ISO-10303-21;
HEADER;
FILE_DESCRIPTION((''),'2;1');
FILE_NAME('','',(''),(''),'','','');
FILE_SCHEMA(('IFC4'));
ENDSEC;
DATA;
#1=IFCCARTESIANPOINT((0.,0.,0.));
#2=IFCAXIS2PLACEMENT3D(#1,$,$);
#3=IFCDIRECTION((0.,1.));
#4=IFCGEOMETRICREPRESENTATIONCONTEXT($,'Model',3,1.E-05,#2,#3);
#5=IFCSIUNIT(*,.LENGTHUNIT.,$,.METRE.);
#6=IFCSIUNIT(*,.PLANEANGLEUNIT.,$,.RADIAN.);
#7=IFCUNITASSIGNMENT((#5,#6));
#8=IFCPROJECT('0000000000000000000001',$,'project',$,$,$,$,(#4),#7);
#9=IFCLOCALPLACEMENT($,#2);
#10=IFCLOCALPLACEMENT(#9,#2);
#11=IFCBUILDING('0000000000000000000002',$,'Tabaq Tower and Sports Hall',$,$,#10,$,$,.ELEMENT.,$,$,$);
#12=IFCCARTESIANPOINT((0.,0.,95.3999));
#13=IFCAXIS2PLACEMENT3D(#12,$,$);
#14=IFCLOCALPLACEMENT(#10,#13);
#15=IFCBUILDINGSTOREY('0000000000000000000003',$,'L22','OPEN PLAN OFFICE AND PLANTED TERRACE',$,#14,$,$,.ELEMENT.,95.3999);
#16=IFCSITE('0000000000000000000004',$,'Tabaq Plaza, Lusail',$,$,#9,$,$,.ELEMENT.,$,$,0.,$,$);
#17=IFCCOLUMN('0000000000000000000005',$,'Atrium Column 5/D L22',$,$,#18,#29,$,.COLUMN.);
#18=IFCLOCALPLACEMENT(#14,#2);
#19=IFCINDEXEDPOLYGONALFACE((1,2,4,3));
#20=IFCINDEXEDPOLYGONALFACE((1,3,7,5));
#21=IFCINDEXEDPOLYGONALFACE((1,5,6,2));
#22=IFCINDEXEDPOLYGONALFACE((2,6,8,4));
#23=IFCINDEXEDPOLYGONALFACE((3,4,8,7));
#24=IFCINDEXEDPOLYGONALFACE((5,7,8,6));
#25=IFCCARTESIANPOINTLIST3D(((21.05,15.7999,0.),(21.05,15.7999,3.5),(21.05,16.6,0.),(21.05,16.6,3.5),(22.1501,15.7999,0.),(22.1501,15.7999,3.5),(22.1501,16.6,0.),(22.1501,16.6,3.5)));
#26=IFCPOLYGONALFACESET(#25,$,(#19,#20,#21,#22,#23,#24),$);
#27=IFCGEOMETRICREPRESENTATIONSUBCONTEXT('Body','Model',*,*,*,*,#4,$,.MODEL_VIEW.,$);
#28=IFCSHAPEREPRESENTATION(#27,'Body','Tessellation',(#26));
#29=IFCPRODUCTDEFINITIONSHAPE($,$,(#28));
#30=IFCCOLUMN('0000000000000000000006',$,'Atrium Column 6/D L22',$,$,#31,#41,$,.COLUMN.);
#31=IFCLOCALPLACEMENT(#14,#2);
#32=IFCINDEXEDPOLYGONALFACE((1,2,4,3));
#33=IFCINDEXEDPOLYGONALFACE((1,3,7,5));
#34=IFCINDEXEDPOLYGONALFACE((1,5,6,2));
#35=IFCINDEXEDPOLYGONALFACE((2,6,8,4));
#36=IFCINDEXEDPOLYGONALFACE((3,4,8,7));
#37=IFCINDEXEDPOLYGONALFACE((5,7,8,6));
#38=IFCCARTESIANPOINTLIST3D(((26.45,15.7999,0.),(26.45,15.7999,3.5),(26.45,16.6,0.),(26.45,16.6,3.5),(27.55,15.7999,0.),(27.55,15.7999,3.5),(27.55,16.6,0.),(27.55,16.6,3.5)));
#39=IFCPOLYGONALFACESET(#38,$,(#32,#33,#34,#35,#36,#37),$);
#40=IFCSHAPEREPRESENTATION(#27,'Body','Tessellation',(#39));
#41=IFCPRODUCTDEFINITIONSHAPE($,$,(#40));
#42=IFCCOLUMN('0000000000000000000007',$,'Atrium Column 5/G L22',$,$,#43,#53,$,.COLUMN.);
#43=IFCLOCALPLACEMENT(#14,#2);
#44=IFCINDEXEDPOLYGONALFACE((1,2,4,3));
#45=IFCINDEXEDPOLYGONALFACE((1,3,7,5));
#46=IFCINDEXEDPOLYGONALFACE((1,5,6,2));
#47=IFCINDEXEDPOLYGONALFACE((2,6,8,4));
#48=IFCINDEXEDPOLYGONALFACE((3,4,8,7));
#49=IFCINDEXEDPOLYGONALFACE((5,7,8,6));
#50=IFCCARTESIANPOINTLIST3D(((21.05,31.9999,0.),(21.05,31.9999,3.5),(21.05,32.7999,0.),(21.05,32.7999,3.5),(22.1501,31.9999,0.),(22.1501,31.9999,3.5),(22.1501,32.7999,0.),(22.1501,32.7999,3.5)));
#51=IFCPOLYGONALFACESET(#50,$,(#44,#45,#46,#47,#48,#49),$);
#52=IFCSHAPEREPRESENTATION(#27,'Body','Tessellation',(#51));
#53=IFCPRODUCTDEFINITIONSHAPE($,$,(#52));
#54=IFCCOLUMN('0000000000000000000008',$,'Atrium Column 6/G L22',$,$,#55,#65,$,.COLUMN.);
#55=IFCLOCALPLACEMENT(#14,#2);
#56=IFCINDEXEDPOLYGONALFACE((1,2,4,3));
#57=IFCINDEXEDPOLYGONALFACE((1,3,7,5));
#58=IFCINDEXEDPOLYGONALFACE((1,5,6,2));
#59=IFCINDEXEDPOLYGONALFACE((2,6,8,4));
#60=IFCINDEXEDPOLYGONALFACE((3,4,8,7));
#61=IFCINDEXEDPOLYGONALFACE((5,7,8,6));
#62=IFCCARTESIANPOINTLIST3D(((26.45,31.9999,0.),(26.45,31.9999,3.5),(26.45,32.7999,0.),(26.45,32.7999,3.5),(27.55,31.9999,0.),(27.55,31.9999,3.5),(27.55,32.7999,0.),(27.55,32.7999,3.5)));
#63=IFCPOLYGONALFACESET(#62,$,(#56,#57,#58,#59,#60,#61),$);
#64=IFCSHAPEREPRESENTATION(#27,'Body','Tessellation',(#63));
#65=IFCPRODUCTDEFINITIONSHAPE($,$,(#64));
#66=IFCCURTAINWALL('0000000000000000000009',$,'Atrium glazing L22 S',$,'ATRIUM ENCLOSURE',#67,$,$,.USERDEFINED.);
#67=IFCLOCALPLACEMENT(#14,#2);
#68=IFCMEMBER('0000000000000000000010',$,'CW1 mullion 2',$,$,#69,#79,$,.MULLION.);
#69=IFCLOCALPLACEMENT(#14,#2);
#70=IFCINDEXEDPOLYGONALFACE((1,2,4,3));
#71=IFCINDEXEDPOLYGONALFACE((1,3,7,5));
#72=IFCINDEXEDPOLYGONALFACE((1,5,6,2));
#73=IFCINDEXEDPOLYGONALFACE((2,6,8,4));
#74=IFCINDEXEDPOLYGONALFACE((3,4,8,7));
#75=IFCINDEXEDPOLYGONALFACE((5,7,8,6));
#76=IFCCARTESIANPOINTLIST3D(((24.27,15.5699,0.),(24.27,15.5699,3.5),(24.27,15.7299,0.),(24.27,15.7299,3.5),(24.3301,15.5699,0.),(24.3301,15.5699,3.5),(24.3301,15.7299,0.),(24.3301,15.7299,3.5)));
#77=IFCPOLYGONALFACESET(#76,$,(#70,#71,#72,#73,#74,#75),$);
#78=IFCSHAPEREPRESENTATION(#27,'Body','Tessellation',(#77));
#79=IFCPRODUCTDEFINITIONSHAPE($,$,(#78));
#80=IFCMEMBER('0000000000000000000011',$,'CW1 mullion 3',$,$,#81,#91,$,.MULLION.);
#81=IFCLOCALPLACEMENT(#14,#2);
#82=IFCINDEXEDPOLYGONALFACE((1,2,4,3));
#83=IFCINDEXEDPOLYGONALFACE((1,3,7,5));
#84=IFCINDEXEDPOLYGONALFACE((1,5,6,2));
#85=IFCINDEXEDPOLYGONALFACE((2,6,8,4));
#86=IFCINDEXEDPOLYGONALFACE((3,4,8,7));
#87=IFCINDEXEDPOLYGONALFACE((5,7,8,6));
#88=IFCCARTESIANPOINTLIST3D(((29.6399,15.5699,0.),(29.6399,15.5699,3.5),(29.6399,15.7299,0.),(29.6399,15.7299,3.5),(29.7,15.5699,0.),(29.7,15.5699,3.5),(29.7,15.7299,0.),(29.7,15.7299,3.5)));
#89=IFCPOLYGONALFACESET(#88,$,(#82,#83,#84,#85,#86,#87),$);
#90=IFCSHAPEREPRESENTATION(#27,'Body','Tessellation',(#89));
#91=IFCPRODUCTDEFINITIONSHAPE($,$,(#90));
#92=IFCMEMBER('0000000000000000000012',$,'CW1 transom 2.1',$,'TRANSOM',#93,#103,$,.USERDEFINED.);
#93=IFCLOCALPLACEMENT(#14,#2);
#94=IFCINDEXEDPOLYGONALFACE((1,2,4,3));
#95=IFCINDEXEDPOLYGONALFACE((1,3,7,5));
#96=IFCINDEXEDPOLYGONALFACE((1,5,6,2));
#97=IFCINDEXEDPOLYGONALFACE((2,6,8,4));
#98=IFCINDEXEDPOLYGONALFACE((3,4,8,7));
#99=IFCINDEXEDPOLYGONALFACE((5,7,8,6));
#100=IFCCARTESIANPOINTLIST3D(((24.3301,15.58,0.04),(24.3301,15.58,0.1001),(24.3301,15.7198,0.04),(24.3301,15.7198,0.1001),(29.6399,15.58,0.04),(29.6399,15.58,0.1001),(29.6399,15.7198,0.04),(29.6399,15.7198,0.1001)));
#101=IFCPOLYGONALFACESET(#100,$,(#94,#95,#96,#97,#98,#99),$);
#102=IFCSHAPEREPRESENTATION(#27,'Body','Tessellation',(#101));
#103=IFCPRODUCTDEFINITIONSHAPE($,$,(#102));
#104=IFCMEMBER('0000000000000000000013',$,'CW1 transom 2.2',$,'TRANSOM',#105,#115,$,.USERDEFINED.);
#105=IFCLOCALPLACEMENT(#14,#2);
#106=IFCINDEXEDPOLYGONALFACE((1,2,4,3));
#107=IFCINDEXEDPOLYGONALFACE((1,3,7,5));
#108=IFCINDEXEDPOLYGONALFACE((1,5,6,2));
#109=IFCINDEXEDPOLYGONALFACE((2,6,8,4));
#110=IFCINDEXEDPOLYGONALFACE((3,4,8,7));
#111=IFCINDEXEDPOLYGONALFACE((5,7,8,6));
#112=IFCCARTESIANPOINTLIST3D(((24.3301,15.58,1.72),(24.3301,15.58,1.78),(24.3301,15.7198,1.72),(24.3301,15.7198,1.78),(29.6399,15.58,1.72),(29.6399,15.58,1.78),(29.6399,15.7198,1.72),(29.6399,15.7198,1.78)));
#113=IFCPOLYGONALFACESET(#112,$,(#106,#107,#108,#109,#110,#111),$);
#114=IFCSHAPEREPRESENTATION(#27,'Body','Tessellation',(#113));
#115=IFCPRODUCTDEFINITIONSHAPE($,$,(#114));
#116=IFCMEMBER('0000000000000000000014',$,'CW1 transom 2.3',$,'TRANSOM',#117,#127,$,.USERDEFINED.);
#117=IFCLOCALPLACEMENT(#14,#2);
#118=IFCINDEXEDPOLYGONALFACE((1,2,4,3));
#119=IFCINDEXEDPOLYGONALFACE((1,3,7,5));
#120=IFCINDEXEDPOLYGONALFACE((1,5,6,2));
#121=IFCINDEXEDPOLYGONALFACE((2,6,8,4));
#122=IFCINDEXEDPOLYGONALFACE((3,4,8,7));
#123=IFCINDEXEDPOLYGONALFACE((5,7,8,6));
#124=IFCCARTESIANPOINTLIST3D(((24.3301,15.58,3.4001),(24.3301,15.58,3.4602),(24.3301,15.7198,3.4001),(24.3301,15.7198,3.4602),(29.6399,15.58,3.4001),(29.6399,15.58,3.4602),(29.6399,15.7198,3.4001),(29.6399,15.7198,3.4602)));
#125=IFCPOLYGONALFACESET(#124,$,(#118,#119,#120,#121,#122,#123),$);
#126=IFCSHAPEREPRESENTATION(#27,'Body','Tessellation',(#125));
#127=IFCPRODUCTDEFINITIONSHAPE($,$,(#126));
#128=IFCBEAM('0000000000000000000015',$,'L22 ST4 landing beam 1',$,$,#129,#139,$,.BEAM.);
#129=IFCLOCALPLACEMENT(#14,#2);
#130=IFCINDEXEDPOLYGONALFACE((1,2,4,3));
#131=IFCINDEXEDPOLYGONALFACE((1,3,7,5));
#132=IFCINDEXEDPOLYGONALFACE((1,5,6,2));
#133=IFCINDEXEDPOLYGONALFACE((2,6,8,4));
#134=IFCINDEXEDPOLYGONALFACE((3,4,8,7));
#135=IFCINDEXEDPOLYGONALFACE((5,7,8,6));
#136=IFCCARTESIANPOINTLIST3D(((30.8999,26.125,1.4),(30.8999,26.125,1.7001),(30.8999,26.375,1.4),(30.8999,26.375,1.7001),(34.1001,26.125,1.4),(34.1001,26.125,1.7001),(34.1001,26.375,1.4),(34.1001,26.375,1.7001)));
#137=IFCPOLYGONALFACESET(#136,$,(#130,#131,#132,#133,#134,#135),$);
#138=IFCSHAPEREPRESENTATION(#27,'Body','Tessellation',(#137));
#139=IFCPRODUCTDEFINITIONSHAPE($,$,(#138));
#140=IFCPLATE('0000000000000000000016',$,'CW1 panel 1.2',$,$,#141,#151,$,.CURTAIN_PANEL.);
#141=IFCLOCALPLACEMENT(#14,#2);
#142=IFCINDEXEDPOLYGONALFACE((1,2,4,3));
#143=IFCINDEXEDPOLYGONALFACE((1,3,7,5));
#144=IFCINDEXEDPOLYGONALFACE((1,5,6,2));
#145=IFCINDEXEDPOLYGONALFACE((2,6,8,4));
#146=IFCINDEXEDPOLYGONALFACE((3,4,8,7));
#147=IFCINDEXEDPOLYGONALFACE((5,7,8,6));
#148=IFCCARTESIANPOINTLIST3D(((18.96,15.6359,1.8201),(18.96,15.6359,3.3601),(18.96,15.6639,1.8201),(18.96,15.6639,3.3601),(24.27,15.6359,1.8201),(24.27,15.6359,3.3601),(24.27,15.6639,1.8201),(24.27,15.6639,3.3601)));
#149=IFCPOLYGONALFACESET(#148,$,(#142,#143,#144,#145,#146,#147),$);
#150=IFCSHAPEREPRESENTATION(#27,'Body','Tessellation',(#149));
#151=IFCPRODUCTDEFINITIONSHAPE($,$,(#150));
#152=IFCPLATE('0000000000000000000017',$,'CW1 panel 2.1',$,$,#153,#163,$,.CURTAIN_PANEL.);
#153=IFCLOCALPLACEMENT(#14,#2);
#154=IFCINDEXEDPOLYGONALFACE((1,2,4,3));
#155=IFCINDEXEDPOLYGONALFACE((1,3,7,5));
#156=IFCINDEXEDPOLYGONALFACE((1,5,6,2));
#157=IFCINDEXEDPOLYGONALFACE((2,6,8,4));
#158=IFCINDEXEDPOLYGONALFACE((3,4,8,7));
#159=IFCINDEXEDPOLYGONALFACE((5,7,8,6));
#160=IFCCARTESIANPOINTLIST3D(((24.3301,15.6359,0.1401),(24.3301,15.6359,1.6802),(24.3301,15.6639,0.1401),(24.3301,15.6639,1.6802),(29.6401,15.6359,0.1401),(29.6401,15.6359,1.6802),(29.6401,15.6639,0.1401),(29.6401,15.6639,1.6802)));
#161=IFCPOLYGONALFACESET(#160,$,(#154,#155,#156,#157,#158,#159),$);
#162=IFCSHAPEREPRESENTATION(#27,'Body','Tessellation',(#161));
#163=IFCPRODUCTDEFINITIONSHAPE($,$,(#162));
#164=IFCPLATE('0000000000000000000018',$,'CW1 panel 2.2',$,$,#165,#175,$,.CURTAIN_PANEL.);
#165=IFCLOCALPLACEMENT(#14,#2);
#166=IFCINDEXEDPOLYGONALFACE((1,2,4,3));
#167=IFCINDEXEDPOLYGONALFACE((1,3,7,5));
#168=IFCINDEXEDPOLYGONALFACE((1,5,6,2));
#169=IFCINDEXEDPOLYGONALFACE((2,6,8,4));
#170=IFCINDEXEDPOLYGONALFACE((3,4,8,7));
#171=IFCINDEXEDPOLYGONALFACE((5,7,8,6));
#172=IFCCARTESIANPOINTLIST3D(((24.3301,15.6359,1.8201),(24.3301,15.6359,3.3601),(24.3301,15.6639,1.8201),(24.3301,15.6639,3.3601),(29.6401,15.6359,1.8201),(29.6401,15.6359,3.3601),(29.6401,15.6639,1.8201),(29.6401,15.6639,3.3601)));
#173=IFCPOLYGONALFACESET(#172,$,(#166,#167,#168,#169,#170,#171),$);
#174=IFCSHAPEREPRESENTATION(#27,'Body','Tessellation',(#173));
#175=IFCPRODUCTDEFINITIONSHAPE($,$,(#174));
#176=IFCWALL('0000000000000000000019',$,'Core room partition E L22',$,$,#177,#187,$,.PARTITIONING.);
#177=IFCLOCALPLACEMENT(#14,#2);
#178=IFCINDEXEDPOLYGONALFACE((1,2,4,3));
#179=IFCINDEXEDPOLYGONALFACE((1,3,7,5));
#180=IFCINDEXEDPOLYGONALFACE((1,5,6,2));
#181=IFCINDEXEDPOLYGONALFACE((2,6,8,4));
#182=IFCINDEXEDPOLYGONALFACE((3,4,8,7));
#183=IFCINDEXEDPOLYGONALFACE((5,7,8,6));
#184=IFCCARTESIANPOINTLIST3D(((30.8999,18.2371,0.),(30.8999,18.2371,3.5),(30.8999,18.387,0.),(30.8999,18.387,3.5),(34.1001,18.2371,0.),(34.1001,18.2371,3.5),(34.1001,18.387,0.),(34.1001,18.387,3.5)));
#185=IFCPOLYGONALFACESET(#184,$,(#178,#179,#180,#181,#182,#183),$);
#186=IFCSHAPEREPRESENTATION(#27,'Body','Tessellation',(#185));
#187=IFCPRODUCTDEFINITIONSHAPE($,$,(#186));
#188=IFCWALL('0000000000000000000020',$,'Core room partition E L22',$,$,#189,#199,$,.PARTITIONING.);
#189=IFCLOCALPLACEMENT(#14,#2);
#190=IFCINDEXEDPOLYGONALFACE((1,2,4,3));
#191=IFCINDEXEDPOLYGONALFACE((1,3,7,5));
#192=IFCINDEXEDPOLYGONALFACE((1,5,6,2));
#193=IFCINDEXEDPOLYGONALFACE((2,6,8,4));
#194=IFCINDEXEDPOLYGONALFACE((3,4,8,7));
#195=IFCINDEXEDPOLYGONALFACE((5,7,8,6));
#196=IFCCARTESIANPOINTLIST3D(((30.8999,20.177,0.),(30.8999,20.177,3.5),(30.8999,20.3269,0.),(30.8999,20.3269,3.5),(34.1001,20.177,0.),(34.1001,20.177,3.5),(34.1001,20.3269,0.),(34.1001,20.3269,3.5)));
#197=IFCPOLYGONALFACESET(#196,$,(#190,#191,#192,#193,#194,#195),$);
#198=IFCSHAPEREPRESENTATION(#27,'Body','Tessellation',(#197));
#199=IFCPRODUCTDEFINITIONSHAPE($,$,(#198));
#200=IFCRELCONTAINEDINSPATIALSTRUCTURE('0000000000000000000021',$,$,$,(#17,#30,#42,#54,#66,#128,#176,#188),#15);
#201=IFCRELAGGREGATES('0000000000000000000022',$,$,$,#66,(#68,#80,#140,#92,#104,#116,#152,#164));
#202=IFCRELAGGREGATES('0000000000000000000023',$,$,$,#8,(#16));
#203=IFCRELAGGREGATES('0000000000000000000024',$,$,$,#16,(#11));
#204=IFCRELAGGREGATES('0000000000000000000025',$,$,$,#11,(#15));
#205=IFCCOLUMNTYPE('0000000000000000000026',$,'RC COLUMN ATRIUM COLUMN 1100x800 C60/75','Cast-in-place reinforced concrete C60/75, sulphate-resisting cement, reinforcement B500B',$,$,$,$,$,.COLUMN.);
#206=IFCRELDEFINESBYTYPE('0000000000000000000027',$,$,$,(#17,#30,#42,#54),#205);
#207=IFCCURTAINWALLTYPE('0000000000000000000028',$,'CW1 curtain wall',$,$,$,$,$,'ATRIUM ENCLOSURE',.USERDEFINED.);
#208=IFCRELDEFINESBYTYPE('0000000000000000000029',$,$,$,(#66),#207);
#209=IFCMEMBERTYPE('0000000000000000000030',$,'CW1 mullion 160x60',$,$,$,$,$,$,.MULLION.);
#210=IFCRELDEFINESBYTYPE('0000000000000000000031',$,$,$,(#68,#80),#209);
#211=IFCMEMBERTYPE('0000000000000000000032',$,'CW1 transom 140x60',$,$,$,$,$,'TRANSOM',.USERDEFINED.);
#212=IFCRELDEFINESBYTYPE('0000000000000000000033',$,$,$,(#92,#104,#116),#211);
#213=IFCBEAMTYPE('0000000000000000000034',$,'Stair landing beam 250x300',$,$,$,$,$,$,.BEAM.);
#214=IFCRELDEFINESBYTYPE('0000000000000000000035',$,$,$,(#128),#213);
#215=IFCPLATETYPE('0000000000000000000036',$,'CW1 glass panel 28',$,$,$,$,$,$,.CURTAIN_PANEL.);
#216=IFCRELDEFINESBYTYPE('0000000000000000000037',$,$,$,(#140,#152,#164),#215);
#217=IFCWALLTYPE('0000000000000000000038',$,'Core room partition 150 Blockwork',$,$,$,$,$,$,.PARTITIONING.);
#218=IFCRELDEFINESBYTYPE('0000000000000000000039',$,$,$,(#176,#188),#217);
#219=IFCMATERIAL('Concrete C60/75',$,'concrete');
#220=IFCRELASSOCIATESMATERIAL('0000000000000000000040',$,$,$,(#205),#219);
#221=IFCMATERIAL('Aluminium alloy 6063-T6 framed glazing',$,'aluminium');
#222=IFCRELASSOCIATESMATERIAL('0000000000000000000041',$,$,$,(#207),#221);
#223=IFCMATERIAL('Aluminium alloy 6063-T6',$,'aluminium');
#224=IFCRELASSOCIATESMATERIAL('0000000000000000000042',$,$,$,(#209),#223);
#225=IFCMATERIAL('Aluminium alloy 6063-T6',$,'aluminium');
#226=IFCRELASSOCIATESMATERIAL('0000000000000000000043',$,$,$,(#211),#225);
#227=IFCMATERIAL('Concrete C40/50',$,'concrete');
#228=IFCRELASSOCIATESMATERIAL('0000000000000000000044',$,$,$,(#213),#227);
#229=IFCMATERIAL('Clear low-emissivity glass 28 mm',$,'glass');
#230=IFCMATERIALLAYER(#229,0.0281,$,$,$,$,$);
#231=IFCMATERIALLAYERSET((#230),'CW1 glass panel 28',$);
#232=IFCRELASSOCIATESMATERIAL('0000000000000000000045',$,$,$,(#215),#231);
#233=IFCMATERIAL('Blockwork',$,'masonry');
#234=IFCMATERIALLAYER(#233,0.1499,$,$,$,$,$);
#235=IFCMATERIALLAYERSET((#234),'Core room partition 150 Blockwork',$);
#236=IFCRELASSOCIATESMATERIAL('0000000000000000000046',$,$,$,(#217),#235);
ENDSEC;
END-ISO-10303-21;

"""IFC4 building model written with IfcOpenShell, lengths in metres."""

from ifc_helpers import new_model, si_unit, direction, frame, frame_2d, origin, origin_2d, place, context, subcontext, project, spatial, rectangle, extrude, material, layer, layer_set, material_profile, profile_set, type_object, element, aggregate, save


model = new_model("IFC4")

# Units and contexts
model_context = context("Model", 3, precision=1e-05, world=origin(), true_north=direction((0.0, 1.0)))
body_context = subcontext(model_context, "Body", "Model", "MODEL_VIEW")
ifc_project = project(units=[si_unit("LENGTHUNIT", "METRE"), si_unit("PLANEANGLEUNIT", "RADIAN")], contexts=[model_context])

# Site, building, storey
site_placement = place(None, origin())
site = spatial("IfcSite", under=ifc_project, at=site_placement, Name="Tabaq Plaza, Lusail", CompositionType="ELEMENT", RefElevation=0.0)
building_placement = place(site_placement, origin())
building = spatial("IfcBuilding", under=site, at=building_placement, Name="Tabaq Tower and Sports Hall", CompositionType="ELEMENT")
storey_placement = place(building_placement, frame((0.0, 0.0, 95.3999)))
storey = spatial("IfcBuildingStorey", under=building, at=storey_placement, Name="L22", Description="OPEN PLAN OFFICE AND PLANTED TERRACE", CompositionType="ELEMENT", Elevation=95.3999)

# Columns
ifc_material_1 = material(Name="Concrete C60/75", Category="concrete")
ifc_material_profile_1 = material_profile(ifc_material_1, rectangle(XDim=1.1001, YDim=0.8, at=origin_2d()), Name="ATRIUM COLUMN 1100x800")
ifc_profile_set_1 = profile_set([ifc_material_profile_1], Name="Concrete C60/75")
column_type = type_object("IfcColumnType", Name="RC COLUMN ATRIUM COLUMN 1100x800 C60/75", Description="Cast-in-place reinforced concrete C60/75, sulphate-resisting cement, reinforcement B500B", PredefinedType="COLUMN", material=ifc_profile_set_1)
for number, where, z_axis, x_axis, name in (
    (1, (21.6001, 16.2, 0.0), (0.0, 0.0, 1.0), (1.0, 0.0, 0.0), "Atrium Column 5/D L22"),
    (2, (27.0, 16.2, 0.0), (0.0, 0.0, 1.0), (1.0, 0.0, 0.0), "Atrium Column 6/D L22"),
    (3, (21.6001, 32.3999, 0.0), (0.0, 0.0, 1.0), (1.0, 0.0, 0.0), "Atrium Column 5/G L22"),
    (4, (27.0, 32.3999, 0.0), (0.0, 0.0, 1.0), (1.0, 0.0, 0.0), "Atrium Column 6/G L22"),
):
    element("IfcColumn", number, at=place(storey_placement, frame(where, z_axis=z_axis, x_axis=x_axis)), inside=storey, type_object=column_type, Name=name, PredefinedType="COLUMN", context=body_context, shape_type="SweptSolid", body=[
        extrude(rectangle(XDim=1.1001, YDim=0.8, at=origin_2d()), origin(), (0.0, 0.0, 1.0), 3.5),
    ])

# Curtain wall, members
ifc_material_2 = material(Name="Aluminium alloy 6063-T6 framed glazing", Category="aluminium")
curtain_wall_type = type_object("IfcCurtainWallType", Name="CW1 curtain wall", ElementType="ATRIUM ENCLOSURE", PredefinedType="USERDEFINED", material=ifc_material_2)
curtain_wall_placement = place(storey_placement, origin())
curtain_wall = element("IfcCurtainWall", 5, at=curtain_wall_placement, inside=storey, type_object=curtain_wall_type, Name="Atrium glazing L22 S", ObjectType="ATRIUM ENCLOSURE", PredefinedType="USERDEFINED")
ifc_material_3 = material(Name="Aluminium alloy 6063-T6", Category="aluminium")
ifc_material_profile_2 = material_profile(ifc_material_3, rectangle(XDim=0.1599, YDim=0.0601, at=origin_2d()), Name="MULLION 160x60")
ifc_profile_set_2 = profile_set([ifc_material_profile_2], Name="Aluminium alloy 6063-T6")
member_type_1 = type_object("IfcMemberType", Name="CW1 mullion 160x60", PredefinedType="MULLION", material=ifc_profile_set_2)
member_1_placement = place(storey_placement, frame((24.3, 15.6499, 0.0), z_axis=(0.0, 0.0, 1.0), x_axis=(0.0, 1.0, 0.0)))
member_1 = element("IfcMember", 6, at=member_1_placement, type_object=member_type_1, Name="CW1 mullion 2", PredefinedType="MULLION", context=body_context, shape_type="SweptSolid", body=[
    extrude(rectangle(XDim=0.1599, YDim=0.0601, at=origin_2d()), origin(), (0.0, 0.0, 1.0), 3.5),
])
member_2_placement = place(storey_placement, frame((29.6699, 15.6499, 0.0), z_axis=(0.0, 0.0, 1.0), x_axis=(0.0, 1.0, 0.0)))
member_2 = element("IfcMember", 7, at=member_2_placement, type_object=member_type_1, Name="CW1 mullion 3", PredefinedType="MULLION", context=body_context, shape_type="SweptSolid", body=[
    extrude(rectangle(XDim=0.1599, YDim=0.0601, at=origin_2d()), origin(), (0.0, 0.0, 1.0), 3.5),
])
ifc_material_4 = material(Name="Aluminium alloy 6063-T6", Category="aluminium")
ifc_material_profile_3 = material_profile(ifc_material_4, rectangle(XDim=0.1399, YDim=0.0601, at=origin_2d()), Name="TRANSOM 140x60")
ifc_profile_set_3 = profile_set([ifc_material_profile_3], Name="Aluminium alloy 6063-T6")
member_type_2 = type_object("IfcMemberType", Name="CW1 transom 140x60", ElementType="TRANSOM", PredefinedType="USERDEFINED", material=ifc_profile_set_3)
member_3_placement = place(storey_placement, frame((24.3301, 15.6499, 0.0701), z_axis=(1.0, 0.0, 0.0), x_axis=(0.0, 1.0, 0.0)))
member_3 = element("IfcMember", 8, at=member_3_placement, type_object=member_type_2, Name="CW1 transom 2.1", ObjectType="TRANSOM", PredefinedType="USERDEFINED", context=body_context, shape_type="SweptSolid", body=[
    extrude(rectangle(XDim=0.1399, YDim=0.0601, at=origin_2d()), origin(), (0.0, 0.0, 1.0), 5.3098),
])
member_4_placement = place(storey_placement, frame((24.3301, 15.6499, 1.75), z_axis=(1.0, 0.0, 0.0), x_axis=(0.0, 1.0, 0.0)))
member_4 = element("IfcMember", 9, at=member_4_placement, type_object=member_type_2, Name="CW1 transom 2.2", ObjectType="TRANSOM", PredefinedType="USERDEFINED", context=body_context, shape_type="SweptSolid", body=[
    extrude(rectangle(XDim=0.1399, YDim=0.0601, at=origin_2d()), origin(), (0.0, 0.0, 1.0), 5.3098),
])
member_5_placement = place(storey_placement, frame((24.3301, 15.6499, 3.4302), z_axis=(1.0, 0.0, 0.0), x_axis=(0.0, 1.0, 0.0)))
member_5 = element("IfcMember", 10, at=member_5_placement, type_object=member_type_2, Name="CW1 transom 2.3", ObjectType="TRANSOM", PredefinedType="USERDEFINED", context=body_context, shape_type="SweptSolid", body=[
    extrude(rectangle(XDim=0.1399, YDim=0.0601, at=origin_2d()), origin(), (0.0, 0.0, 1.0), 5.3098),
])

# Beam
ifc_material_5 = material(Name="Concrete C40/50", Category="concrete")
ifc_material_profile_4 = material_profile(ifc_material_5, rectangle(XDim=0.25, YDim=0.3, at=origin_2d()), Name="RC 250x300")
ifc_profile_set_4 = profile_set([ifc_material_profile_4], Name="Concrete C40/50")
beam_type = type_object("IfcBeamType", Name="Stair landing beam 250x300", PredefinedType="BEAM", material=ifc_profile_set_4)
beam_placement = place(storey_placement, frame((30.8999, 26.25, 1.55), z_axis=(1.0, 0.0, 0.0), x_axis=(0.0, 1.0, 0.0)))
element("IfcBeam", 11, at=beam_placement, inside=storey, type_object=beam_type, Name="L22 ST4 landing beam 1", PredefinedType="BEAM", context=body_context, shape_type="SweptSolid", body=[
    extrude(rectangle(XDim=0.25, YDim=0.3, at=origin_2d()), origin(), (0.0, 0.0, 1.0), 3.2002),
])

# Plates
ifc_material_6 = material(Name="Clear low-emissivity glass 28 mm", Category="glass")
ifc_layer_1 = layer(ifc_material_6, 0.0281)
ifc_layer_set_1 = layer_set([ifc_layer_1], Name="CW1 glass panel 28")
plate_type = type_object("IfcPlateType", Name="CW1 glass panel 28", PredefinedType="CURTAIN_PANEL", material=ifc_layer_set_1)
plate_1_placement = place(storey_placement, frame((21.615, 15.6499, 1.8201), z_axis=(0.0, 0.0, 1.0), x_axis=(1.0, 0.0, 0.0)))
plate_1 = element("IfcPlate", 12, at=plate_1_placement, type_object=plate_type, Name="CW1 panel 1.2", PredefinedType="CURTAIN_PANEL", context=body_context, shape_type="SweptSolid", body=[
    extrude(rectangle(XDim=5.3101, YDim=0.0281, at=origin_2d()), origin(), (0.0, 0.0, 1.0), 1.54),
])
plate_2_placement = place(storey_placement, frame((26.9851, 15.6499, 0.1401), z_axis=(0.0, 0.0, 1.0), x_axis=(1.0, 0.0, 0.0)))
plate_2 = element("IfcPlate", 13, at=plate_2_placement, type_object=plate_type, Name="CW1 panel 2.1", PredefinedType="CURTAIN_PANEL", context=body_context, shape_type="SweptSolid", body=[
    extrude(rectangle(XDim=5.3101, YDim=0.0281, at=origin_2d()), origin(), (0.0, 0.0, 1.0), 1.54),
])
plate_3_placement = place(storey_placement, frame((26.9851, 15.6499, 1.8201), z_axis=(0.0, 0.0, 1.0), x_axis=(1.0, 0.0, 0.0)))
plate_3 = element("IfcPlate", 14, at=plate_3_placement, type_object=plate_type, Name="CW1 panel 2.2", PredefinedType="CURTAIN_PANEL", context=body_context, shape_type="SweptSolid", body=[
    extrude(rectangle(XDim=5.3101, YDim=0.0281, at=origin_2d()), origin(), (0.0, 0.0, 1.0), 1.54),
])
aggregate(curtain_wall, [member_1, member_2, plate_1, member_3, member_4, member_5, plate_2, plate_3])

# Walls
ifc_material_7 = material(Name="Blockwork", Category="masonry")
ifc_layer_2 = layer(ifc_material_7, 0.1499)
ifc_layer_set_2 = layer_set([ifc_layer_2], Name="Core room partition 150 Blockwork")
wall_type_1 = type_object("IfcWallType", Name="Core room partition 150 Blockwork", PredefinedType="PARTITIONING", material=ifc_layer_set_2)
for number, where, z_axis, x_axis, name in (
    (15, (30.8999, 18.312, 0.0), (0.0, 0.0, 1.0), (1.0, 0.0, 0.0), "Core room partition E L22"),
    (16, (30.8999, 20.252, 0.0), (0.0, 0.0, 1.0), (1.0, 0.0, 0.0), "Core room partition E L22"),
):
    element("IfcWall", number, at=place(storey_placement, frame(where, z_axis=z_axis, x_axis=x_axis)), inside=storey, type_object=wall_type_1, Name=name, PredefinedType="PARTITIONING", context=body_context, shape_type="SweptSolid", body=[
        extrude(rectangle(XDim=3.2002, YDim=0.1499, at=frame_2d((1.6001, 0.0))), origin(), (0.0, 0.0, 1.0), 3.5),
    ])

save(model, "model.ifc")
